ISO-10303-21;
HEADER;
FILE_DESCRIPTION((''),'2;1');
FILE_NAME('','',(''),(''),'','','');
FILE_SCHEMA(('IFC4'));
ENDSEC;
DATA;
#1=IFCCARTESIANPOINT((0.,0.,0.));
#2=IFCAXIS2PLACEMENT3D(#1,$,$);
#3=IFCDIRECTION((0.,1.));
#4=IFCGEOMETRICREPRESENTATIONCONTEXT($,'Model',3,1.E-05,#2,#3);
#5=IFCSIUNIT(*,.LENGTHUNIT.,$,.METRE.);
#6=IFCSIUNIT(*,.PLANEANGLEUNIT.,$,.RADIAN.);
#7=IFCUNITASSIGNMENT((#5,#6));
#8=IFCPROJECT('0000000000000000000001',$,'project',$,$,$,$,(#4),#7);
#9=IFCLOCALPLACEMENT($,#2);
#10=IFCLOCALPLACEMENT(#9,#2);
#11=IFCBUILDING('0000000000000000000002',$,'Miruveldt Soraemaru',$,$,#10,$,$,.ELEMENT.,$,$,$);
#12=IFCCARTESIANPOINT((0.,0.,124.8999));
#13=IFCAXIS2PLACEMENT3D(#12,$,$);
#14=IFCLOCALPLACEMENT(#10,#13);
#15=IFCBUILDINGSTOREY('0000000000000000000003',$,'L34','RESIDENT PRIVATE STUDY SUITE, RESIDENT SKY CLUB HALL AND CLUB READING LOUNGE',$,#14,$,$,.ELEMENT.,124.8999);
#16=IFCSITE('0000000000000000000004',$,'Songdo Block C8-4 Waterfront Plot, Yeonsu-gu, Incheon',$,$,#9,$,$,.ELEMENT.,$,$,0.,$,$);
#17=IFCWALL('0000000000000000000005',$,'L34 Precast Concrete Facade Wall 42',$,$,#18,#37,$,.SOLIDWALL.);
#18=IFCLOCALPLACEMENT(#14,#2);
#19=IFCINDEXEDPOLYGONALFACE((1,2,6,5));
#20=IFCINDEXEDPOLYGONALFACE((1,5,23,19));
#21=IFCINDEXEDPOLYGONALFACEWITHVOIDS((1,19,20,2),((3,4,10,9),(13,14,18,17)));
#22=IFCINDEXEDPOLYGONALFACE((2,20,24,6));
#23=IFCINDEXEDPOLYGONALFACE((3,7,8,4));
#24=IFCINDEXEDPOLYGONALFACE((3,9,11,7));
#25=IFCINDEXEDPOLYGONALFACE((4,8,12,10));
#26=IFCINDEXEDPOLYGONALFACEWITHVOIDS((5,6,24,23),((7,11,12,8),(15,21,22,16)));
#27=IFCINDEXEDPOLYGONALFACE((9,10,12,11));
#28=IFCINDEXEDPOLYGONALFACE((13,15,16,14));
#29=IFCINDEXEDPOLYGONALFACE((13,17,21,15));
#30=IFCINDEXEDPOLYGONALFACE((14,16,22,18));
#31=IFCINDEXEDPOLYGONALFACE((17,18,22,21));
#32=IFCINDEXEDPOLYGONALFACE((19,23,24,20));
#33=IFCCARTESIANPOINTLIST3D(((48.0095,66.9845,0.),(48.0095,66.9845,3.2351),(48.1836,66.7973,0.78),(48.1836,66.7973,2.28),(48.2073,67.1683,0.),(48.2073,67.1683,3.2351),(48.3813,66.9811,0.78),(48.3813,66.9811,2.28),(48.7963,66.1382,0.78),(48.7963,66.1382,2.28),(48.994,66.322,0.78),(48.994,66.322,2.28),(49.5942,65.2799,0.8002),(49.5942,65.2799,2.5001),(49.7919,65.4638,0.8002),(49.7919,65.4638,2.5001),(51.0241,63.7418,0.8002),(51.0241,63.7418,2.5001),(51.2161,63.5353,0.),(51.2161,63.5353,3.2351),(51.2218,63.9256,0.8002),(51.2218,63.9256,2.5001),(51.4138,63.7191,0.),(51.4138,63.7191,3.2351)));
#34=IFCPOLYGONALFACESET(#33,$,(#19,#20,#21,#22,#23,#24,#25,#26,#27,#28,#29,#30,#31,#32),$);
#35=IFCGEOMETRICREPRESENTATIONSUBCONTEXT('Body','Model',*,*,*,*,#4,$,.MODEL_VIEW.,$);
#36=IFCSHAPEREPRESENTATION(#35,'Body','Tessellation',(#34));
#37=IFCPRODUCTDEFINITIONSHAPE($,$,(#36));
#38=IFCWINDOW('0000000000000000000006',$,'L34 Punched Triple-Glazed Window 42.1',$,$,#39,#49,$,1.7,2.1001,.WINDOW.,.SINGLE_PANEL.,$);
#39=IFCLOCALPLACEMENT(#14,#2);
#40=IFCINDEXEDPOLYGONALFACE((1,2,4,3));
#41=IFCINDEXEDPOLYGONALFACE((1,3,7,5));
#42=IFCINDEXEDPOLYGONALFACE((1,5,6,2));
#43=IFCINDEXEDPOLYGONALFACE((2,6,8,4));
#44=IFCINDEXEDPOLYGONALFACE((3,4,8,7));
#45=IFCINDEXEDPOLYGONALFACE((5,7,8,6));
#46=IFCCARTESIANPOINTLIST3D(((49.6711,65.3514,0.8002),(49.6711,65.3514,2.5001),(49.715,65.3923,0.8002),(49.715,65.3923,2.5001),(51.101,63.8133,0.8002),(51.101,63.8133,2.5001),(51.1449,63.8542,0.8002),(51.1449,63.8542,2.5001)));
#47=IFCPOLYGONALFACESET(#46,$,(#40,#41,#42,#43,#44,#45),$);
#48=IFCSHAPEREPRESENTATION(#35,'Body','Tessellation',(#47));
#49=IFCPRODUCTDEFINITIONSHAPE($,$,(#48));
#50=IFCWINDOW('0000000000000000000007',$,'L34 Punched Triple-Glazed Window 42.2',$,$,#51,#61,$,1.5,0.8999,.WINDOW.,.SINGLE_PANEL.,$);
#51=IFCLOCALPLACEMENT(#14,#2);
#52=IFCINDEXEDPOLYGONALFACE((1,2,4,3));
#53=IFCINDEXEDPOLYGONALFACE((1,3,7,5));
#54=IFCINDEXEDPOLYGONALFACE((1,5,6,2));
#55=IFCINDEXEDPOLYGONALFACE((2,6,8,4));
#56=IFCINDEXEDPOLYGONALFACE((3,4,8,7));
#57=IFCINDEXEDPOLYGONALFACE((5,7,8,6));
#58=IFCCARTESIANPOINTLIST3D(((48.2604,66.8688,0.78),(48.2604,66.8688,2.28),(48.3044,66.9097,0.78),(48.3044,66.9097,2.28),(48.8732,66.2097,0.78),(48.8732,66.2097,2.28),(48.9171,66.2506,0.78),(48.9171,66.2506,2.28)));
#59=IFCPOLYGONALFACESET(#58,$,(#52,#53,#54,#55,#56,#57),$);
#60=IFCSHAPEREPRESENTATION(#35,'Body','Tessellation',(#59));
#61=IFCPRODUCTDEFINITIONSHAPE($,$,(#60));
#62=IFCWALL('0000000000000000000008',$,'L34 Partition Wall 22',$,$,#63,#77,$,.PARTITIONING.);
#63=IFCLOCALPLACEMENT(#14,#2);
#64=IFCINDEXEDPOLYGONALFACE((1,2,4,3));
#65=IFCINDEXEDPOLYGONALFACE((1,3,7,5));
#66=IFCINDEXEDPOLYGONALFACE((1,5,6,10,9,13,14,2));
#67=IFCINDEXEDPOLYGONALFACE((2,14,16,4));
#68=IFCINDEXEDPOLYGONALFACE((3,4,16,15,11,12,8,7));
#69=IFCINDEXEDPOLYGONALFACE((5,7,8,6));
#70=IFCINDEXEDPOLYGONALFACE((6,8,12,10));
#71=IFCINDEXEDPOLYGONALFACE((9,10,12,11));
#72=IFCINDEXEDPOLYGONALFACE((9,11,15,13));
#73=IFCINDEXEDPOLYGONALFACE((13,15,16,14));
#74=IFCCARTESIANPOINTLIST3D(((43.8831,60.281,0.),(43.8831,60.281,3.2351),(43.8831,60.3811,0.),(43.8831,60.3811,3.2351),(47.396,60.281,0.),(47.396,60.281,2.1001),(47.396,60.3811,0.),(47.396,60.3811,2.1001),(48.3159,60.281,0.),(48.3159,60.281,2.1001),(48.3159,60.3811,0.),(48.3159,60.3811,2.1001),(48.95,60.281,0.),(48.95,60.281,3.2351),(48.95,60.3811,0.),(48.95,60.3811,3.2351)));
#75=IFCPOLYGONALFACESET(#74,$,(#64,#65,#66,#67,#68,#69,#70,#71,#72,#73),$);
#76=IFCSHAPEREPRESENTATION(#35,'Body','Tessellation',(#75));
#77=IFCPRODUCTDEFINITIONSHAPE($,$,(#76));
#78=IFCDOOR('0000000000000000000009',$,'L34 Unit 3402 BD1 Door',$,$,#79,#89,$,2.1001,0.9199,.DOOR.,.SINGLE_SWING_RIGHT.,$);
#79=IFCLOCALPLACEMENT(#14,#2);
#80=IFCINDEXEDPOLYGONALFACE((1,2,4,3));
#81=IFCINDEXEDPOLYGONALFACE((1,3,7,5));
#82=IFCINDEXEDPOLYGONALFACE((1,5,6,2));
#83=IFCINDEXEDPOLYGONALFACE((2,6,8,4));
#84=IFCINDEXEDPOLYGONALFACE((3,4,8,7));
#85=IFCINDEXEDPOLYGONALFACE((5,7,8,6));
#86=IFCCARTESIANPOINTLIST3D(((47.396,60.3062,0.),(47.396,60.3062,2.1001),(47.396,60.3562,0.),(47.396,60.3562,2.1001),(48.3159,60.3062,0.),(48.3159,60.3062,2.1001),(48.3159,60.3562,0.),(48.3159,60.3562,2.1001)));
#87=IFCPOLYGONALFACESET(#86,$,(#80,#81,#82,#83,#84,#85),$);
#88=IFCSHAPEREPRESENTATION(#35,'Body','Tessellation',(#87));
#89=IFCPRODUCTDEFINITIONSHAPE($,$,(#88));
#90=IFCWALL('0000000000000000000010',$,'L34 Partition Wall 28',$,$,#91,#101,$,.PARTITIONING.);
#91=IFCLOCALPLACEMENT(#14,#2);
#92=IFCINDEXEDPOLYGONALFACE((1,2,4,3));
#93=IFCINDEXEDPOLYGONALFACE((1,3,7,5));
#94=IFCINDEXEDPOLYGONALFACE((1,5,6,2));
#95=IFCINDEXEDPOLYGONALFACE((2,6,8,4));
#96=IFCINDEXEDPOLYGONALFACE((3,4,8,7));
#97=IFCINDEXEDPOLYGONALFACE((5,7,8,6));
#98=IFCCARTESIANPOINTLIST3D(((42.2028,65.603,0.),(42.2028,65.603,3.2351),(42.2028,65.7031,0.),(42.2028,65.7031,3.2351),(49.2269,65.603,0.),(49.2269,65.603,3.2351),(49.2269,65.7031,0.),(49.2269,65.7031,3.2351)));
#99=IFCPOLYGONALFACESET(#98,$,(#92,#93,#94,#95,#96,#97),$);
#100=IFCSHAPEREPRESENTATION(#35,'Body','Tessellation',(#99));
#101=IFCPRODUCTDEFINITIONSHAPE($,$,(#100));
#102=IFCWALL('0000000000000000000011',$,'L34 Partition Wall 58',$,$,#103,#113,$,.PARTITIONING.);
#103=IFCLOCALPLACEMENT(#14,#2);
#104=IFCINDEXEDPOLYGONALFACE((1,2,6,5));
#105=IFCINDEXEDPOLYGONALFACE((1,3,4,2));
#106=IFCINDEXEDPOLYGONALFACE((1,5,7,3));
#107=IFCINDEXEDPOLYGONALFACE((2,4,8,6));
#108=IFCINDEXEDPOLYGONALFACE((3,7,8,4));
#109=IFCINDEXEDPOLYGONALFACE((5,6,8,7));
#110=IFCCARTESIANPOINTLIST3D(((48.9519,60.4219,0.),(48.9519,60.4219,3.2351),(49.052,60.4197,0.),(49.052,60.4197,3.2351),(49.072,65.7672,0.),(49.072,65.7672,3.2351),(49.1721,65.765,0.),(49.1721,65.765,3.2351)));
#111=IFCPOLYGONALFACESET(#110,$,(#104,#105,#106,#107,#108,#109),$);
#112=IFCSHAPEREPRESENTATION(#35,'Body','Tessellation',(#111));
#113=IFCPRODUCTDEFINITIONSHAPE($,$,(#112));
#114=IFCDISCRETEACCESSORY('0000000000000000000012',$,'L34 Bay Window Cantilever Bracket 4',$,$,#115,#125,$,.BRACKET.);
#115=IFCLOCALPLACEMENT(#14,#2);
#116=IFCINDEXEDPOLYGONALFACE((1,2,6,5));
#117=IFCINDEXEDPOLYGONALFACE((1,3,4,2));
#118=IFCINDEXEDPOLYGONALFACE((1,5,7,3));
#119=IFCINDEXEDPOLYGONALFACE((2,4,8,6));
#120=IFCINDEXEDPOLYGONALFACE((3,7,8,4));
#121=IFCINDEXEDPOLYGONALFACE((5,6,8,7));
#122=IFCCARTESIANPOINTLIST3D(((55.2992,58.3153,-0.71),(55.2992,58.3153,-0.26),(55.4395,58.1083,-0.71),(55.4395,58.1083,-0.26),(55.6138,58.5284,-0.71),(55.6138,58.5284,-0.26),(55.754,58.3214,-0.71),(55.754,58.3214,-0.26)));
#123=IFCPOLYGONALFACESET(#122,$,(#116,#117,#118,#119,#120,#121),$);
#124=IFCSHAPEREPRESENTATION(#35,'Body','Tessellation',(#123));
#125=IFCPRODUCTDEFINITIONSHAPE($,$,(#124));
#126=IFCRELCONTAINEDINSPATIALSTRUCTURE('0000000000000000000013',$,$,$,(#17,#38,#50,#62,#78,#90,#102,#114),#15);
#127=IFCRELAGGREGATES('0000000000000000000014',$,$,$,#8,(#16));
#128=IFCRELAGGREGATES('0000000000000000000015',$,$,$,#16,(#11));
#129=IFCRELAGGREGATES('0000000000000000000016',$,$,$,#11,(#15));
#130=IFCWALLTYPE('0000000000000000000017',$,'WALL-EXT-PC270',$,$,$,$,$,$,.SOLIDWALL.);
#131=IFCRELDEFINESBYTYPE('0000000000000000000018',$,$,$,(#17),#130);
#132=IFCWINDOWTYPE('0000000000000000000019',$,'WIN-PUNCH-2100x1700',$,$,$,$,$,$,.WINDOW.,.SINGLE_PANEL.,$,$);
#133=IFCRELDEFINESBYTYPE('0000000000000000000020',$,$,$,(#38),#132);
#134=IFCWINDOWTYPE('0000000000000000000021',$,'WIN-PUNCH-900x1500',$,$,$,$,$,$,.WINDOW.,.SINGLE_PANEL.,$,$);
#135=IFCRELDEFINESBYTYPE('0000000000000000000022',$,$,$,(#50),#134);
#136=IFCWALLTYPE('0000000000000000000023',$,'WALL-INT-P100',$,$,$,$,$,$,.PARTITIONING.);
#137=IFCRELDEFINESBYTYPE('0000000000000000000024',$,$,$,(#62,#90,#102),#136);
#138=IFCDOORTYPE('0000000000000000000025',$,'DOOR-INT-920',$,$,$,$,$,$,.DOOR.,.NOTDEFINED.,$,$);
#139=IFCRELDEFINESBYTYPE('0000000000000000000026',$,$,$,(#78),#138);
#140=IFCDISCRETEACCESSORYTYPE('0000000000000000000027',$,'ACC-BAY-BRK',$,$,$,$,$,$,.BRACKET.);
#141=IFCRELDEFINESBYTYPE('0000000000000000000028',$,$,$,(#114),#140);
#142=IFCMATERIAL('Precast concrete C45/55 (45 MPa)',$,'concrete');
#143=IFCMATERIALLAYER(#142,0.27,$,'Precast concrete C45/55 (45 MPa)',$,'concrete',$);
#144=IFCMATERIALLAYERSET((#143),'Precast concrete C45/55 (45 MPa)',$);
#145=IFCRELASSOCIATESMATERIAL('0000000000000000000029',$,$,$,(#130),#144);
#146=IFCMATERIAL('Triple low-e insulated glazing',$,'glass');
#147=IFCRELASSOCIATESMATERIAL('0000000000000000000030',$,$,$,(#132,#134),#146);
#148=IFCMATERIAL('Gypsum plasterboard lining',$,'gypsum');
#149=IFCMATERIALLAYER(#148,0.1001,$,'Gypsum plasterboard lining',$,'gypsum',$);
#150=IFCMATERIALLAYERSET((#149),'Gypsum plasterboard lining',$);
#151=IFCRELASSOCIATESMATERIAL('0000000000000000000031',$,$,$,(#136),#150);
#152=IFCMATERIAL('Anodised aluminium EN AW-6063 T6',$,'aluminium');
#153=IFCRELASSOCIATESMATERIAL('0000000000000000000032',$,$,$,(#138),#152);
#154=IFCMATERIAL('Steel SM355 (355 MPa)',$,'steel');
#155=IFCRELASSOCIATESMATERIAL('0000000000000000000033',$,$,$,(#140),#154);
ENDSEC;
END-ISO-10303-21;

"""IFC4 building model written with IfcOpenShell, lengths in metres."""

from ifc_helpers import new_model, si_unit, direction, frame, frame_2d, origin, origin_2d, place, context, subcontext, project, spatial, rectangle, extrude, material, layer, layer_set, type_object, element, fill, save


model = new_model("IFC4")

# Units and contexts
model_context = context("Model", 3, precision=1e-05, world=origin(), true_north=direction((0.0, 1.0)))
body_context = subcontext(model_context, "Body", "Model", "MODEL_VIEW")
ifc_project = project(units=[si_unit("LENGTHUNIT", "METRE"), si_unit("PLANEANGLEUNIT", "RADIAN")], contexts=[model_context])

# Site, building, storey
site_placement = place(None, origin())
site = spatial("IfcSite", under=ifc_project, at=site_placement, Name="Songdo Block C8-4 Waterfront Plot, Yeonsu-gu, Incheon", CompositionType="ELEMENT", RefElevation=0.0)
building_placement = place(site_placement, origin())
building = spatial("IfcBuilding", under=site, at=building_placement, Name="Miruveldt Soraemaru", CompositionType="ELEMENT")
storey_placement = place(building_placement, frame((0.0, 0.0, 124.8999)))
storey = spatial("IfcBuildingStorey", under=building, at=storey_placement, Name="L34", Description="RESIDENT PRIVATE STUDY SUITE, RESIDENT SKY CLUB HALL AND CLUB READING LOUNGE", CompositionType="ELEMENT", Elevation=124.8999)

# Shared definitions
ifc_material_1 = material(Name="Steel SM355 (355 MPa)", Category="steel")

# Shared definitions
ifc_material_2 = material(Name="Precast concrete C45/55 (45 MPa)", Category="concrete")
ifc_layer_1 = layer(ifc_material_2, 0.27, Name="Precast concrete C45/55 (45 MPa)", Category="concrete")
ifc_layer_set_1 = layer_set([ifc_layer_1], Name="Precast concrete C45/55 (45 MPa)")
wall_type_1 = type_object("IfcWallType", Name="WALL-EXT-PC270", PredefinedType="SOLIDWALL", material=ifc_layer_set_1)
ifc_material_3 = material(Name="Triple low-e insulated glazing", Category="glass")
window_type_1 = type_object("IfcWindowType", Name="WIN-PUNCH-2100x1700", PartitioningType="SINGLE_PANEL", PredefinedType="WINDOW", material=ifc_material_3)
window_type_2 = type_object("IfcWindowType", Name="WIN-PUNCH-900x1500", PartitioningType="SINGLE_PANEL", PredefinedType="WINDOW", material=ifc_material_3)

# Wall, openings, windows
wall_1_placement = place(storey_placement, frame((51.3149, 63.6272, 0.0), z_axis=(0.0, 0.0, 1.0), x_axis=(-0.680873, 0.732402, 0.0)))
wall_1 = element("IfcWall", 1, at=wall_1_placement, inside=storey, type_object=wall_type_1, Name="L34 Precast Concrete Facade Wall 42", PredefinedType="SOLIDWALL", context=body_context, shape_type="SweptSolid", body=[
    extrude(rectangle(XDim=4.7095, YDim=0.27, at=frame_2d((2.3547, 0.0))), origin(), (0.0, 0.0, 1.0), 3.2351),
])
opening_1_placement = place(wall_1_placement, frame((0.282, 0.0, 0.8)))
opening_1 = element("IfcOpeningElement", 2, at=opening_1_placement, cuts=wall_1, PredefinedType="OPENING", context=body_context, shape_type="SweptSolid", body=[
    extrude(rectangle(XDim=2.1001, YDim=1.7, at=frame_2d((1.05, 0.8501))), frame((0.0, 0.145, 0.0), z_axis=(0.0, -1.0, 0.0), x_axis=(1.0, 0.0, 0.0)), (0.0, 0.0, 1.0), 0.29),
])
opening_2_placement = place(wall_1_placement, frame((3.554, 0.0, 0.78)))
opening_2 = element("IfcOpeningElement", 3, at=opening_2_placement, cuts=wall_1, PredefinedType="OPENING", context=body_context, shape_type="SweptSolid", body=[
    extrude(rectangle(XDim=0.8999, YDim=1.5, at=frame_2d((0.45, 0.75))), frame((0.0, 0.145, 0.0), z_axis=(0.0, -1.0, 0.0), x_axis=(1.0, 0.0, 0.0)), (0.0, 0.0, 1.0), 0.29),
])
window_1_placement = place(opening_1_placement, origin())
window_1 = element("IfcWindow", 4, at=window_1_placement, inside=storey, type_object=window_type_1, Name="L34 Punched Triple-Glazed Window 42.1", OverallHeight=1.7, OverallWidth=2.1001, PartitioningType="SINGLE_PANEL", PredefinedType="WINDOW", context=body_context, shape_type="SweptSolid", body=[
    extrude(rectangle(XDim=2.1001, YDim=1.7, at=frame_2d((1.05, 0.8501))), frame((0.0, 0.03, 0.0), z_axis=(0.0, -1.0, 0.0), x_axis=(1.0, 0.0, 0.0)), (0.0, 0.0, 1.0), 0.0601),
])
fill(opening_1, window_1)
window_2_placement = place(opening_2_placement, origin())
window_2 = element("IfcWindow", 5, at=window_2_placement, inside=storey, type_object=window_type_2, Name="L34 Punched Triple-Glazed Window 42.2", OverallHeight=1.5, OverallWidth=0.8999, PartitioningType="SINGLE_PANEL", PredefinedType="WINDOW", context=body_context, shape_type="SweptSolid", body=[
    extrude(rectangle(XDim=0.8999, YDim=1.5, at=frame_2d((0.45, 0.75))), frame((0.0, 0.03, 0.0), z_axis=(0.0, -1.0, 0.0), x_axis=(1.0, 0.0, 0.0)), (0.0, 0.0, 1.0), 0.0601),
])
fill(opening_2, window_2)

# Wall, opening, door
ifc_material_4 = material(Name="Gypsum plasterboard lining", Category="gypsum")
ifc_layer_2 = layer(ifc_material_4, 0.1001, Name="Gypsum plasterboard lining", Category="gypsum")
ifc_layer_set_2 = layer_set([ifc_layer_2], Name="Gypsum plasterboard lining")
wall_type_2 = type_object("IfcWallType", Name="WALL-INT-P100", PredefinedType="PARTITIONING", material=ifc_layer_set_2)
wall_2_placement = place(storey_placement, frame((48.95, 60.3311, 0.0), z_axis=(0.0, 0.0, 1.0), x_axis=(-1.0, 0.0, 0.0)))
wall_2 = element("IfcWall", 6, at=wall_2_placement, inside=storey, type_object=wall_type_2, Name="L34 Partition Wall 22", PredefinedType="PARTITIONING", context=body_context, shape_type="SweptSolid", body=[
    extrude(rectangle(XDim=5.0669, YDim=0.1001, at=frame_2d((2.5334, 0.0))), origin(), (0.0, 0.0, 1.0), 3.2351),
])
opening_3_placement = place(wall_2_placement, frame((0.634, 0.0, 0.0)))
opening_3 = element("IfcOpeningElement", 7, at=opening_3_placement, cuts=wall_2, PredefinedType="OPENING", context=body_context, shape_type="SweptSolid", body=[
    extrude(rectangle(XDim=0.9199, YDim=2.1001, at=frame_2d((0.46, 1.05))), frame((0.0, 0.0601, 0.0), z_axis=(0.0, -1.0, 0.0), x_axis=(1.0, 0.0, 0.0)), (0.0, 0.0, 1.0), 0.1201),
])
ifc_material_5 = material(Name="Anodised aluminium EN AW-6063 T6", Category="aluminium")
door_type = type_object("IfcDoorType", Name="DOOR-INT-920", OperationType="NOTDEFINED", PredefinedType="DOOR", material=ifc_material_5)
door_placement = place(opening_3_placement, origin())
door = element("IfcDoor", 8, at=door_placement, inside=storey, type_object=door_type, Name="L34 Unit 3402 BD1 Door", OperationType="SINGLE_SWING_RIGHT", OverallHeight=2.1001, OverallWidth=0.9199, PredefinedType="DOOR", context=body_context, shape_type="SweptSolid", body=[
    extrude(rectangle(XDim=0.9199, YDim=2.1001, at=frame_2d((0.46, 1.05))), frame((0.0, 0.0249, 0.0), z_axis=(0.0, -1.0, 0.0), x_axis=(1.0, 0.0, 0.0)), (0.0, 0.0, 1.0), 0.05),
])
fill(opening_3, door)

# Walls
wall_3_placement = place(storey_placement, frame((49.2271, 65.6531, 0.0), z_axis=(0.0, 0.0, 1.0), x_axis=(-1.0, 0.0, 0.0)))
element("IfcWall", 9, at=wall_3_placement, inside=storey, type_object=wall_type_2, Name="L34 Partition Wall 28", PredefinedType="PARTITIONING", context=body_context, shape_type="SweptSolid", body=[
    extrude(rectangle(XDim=7.0242, YDim=0.1001, at=frame_2d((3.5122, 0.0))), origin(), (0.0, 0.0, 1.0), 3.2351),
])
wall_4_placement = place(storey_placement, frame((49.1221, 65.7661, 0.0), z_axis=(0.0, 0.0, 1.0), x_axis=(-0.022466, -0.999748, 0.0)))
element("IfcWall", 10, at=wall_4_placement, inside=storey, type_object=wall_type_2, Name="L34 Partition Wall 58", PredefinedType="PARTITIONING", context=body_context, shape_type="SweptSolid", body=[
    extrude(rectangle(XDim=5.3467, YDim=0.1001, at=frame_2d((2.6733, 0.0))), origin(), (0.0, 0.0, 1.0), 3.2351),
])

# Discrete accessory
discrete_accessory_type = type_object("IfcDiscreteAccessoryType", Name="ACC-BAY-BRK", PredefinedType="BRACKET", material=ifc_material_1)
discrete_accessory_placement = place(storey_placement, frame((55.5266, 58.3184, -0.71), z_axis=(0.0, 0.0, 1.0), x_axis=(0.827923, 0.560841, 0.0)))
element("IfcDiscreteAccessory", 11, at=discrete_accessory_placement, inside=storey, type_object=discrete_accessory_type, Name="L34 Bay Window Cantilever Bracket 4", PredefinedType="BRACKET", context=body_context, shape_type="SweptSolid", body=[
    extrude(rectangle(XDim=0.3799, YDim=0.25, at=origin_2d()), origin(), (0.0, 0.0, 1.0), 0.45),
])

save(model, "model.ifc")
